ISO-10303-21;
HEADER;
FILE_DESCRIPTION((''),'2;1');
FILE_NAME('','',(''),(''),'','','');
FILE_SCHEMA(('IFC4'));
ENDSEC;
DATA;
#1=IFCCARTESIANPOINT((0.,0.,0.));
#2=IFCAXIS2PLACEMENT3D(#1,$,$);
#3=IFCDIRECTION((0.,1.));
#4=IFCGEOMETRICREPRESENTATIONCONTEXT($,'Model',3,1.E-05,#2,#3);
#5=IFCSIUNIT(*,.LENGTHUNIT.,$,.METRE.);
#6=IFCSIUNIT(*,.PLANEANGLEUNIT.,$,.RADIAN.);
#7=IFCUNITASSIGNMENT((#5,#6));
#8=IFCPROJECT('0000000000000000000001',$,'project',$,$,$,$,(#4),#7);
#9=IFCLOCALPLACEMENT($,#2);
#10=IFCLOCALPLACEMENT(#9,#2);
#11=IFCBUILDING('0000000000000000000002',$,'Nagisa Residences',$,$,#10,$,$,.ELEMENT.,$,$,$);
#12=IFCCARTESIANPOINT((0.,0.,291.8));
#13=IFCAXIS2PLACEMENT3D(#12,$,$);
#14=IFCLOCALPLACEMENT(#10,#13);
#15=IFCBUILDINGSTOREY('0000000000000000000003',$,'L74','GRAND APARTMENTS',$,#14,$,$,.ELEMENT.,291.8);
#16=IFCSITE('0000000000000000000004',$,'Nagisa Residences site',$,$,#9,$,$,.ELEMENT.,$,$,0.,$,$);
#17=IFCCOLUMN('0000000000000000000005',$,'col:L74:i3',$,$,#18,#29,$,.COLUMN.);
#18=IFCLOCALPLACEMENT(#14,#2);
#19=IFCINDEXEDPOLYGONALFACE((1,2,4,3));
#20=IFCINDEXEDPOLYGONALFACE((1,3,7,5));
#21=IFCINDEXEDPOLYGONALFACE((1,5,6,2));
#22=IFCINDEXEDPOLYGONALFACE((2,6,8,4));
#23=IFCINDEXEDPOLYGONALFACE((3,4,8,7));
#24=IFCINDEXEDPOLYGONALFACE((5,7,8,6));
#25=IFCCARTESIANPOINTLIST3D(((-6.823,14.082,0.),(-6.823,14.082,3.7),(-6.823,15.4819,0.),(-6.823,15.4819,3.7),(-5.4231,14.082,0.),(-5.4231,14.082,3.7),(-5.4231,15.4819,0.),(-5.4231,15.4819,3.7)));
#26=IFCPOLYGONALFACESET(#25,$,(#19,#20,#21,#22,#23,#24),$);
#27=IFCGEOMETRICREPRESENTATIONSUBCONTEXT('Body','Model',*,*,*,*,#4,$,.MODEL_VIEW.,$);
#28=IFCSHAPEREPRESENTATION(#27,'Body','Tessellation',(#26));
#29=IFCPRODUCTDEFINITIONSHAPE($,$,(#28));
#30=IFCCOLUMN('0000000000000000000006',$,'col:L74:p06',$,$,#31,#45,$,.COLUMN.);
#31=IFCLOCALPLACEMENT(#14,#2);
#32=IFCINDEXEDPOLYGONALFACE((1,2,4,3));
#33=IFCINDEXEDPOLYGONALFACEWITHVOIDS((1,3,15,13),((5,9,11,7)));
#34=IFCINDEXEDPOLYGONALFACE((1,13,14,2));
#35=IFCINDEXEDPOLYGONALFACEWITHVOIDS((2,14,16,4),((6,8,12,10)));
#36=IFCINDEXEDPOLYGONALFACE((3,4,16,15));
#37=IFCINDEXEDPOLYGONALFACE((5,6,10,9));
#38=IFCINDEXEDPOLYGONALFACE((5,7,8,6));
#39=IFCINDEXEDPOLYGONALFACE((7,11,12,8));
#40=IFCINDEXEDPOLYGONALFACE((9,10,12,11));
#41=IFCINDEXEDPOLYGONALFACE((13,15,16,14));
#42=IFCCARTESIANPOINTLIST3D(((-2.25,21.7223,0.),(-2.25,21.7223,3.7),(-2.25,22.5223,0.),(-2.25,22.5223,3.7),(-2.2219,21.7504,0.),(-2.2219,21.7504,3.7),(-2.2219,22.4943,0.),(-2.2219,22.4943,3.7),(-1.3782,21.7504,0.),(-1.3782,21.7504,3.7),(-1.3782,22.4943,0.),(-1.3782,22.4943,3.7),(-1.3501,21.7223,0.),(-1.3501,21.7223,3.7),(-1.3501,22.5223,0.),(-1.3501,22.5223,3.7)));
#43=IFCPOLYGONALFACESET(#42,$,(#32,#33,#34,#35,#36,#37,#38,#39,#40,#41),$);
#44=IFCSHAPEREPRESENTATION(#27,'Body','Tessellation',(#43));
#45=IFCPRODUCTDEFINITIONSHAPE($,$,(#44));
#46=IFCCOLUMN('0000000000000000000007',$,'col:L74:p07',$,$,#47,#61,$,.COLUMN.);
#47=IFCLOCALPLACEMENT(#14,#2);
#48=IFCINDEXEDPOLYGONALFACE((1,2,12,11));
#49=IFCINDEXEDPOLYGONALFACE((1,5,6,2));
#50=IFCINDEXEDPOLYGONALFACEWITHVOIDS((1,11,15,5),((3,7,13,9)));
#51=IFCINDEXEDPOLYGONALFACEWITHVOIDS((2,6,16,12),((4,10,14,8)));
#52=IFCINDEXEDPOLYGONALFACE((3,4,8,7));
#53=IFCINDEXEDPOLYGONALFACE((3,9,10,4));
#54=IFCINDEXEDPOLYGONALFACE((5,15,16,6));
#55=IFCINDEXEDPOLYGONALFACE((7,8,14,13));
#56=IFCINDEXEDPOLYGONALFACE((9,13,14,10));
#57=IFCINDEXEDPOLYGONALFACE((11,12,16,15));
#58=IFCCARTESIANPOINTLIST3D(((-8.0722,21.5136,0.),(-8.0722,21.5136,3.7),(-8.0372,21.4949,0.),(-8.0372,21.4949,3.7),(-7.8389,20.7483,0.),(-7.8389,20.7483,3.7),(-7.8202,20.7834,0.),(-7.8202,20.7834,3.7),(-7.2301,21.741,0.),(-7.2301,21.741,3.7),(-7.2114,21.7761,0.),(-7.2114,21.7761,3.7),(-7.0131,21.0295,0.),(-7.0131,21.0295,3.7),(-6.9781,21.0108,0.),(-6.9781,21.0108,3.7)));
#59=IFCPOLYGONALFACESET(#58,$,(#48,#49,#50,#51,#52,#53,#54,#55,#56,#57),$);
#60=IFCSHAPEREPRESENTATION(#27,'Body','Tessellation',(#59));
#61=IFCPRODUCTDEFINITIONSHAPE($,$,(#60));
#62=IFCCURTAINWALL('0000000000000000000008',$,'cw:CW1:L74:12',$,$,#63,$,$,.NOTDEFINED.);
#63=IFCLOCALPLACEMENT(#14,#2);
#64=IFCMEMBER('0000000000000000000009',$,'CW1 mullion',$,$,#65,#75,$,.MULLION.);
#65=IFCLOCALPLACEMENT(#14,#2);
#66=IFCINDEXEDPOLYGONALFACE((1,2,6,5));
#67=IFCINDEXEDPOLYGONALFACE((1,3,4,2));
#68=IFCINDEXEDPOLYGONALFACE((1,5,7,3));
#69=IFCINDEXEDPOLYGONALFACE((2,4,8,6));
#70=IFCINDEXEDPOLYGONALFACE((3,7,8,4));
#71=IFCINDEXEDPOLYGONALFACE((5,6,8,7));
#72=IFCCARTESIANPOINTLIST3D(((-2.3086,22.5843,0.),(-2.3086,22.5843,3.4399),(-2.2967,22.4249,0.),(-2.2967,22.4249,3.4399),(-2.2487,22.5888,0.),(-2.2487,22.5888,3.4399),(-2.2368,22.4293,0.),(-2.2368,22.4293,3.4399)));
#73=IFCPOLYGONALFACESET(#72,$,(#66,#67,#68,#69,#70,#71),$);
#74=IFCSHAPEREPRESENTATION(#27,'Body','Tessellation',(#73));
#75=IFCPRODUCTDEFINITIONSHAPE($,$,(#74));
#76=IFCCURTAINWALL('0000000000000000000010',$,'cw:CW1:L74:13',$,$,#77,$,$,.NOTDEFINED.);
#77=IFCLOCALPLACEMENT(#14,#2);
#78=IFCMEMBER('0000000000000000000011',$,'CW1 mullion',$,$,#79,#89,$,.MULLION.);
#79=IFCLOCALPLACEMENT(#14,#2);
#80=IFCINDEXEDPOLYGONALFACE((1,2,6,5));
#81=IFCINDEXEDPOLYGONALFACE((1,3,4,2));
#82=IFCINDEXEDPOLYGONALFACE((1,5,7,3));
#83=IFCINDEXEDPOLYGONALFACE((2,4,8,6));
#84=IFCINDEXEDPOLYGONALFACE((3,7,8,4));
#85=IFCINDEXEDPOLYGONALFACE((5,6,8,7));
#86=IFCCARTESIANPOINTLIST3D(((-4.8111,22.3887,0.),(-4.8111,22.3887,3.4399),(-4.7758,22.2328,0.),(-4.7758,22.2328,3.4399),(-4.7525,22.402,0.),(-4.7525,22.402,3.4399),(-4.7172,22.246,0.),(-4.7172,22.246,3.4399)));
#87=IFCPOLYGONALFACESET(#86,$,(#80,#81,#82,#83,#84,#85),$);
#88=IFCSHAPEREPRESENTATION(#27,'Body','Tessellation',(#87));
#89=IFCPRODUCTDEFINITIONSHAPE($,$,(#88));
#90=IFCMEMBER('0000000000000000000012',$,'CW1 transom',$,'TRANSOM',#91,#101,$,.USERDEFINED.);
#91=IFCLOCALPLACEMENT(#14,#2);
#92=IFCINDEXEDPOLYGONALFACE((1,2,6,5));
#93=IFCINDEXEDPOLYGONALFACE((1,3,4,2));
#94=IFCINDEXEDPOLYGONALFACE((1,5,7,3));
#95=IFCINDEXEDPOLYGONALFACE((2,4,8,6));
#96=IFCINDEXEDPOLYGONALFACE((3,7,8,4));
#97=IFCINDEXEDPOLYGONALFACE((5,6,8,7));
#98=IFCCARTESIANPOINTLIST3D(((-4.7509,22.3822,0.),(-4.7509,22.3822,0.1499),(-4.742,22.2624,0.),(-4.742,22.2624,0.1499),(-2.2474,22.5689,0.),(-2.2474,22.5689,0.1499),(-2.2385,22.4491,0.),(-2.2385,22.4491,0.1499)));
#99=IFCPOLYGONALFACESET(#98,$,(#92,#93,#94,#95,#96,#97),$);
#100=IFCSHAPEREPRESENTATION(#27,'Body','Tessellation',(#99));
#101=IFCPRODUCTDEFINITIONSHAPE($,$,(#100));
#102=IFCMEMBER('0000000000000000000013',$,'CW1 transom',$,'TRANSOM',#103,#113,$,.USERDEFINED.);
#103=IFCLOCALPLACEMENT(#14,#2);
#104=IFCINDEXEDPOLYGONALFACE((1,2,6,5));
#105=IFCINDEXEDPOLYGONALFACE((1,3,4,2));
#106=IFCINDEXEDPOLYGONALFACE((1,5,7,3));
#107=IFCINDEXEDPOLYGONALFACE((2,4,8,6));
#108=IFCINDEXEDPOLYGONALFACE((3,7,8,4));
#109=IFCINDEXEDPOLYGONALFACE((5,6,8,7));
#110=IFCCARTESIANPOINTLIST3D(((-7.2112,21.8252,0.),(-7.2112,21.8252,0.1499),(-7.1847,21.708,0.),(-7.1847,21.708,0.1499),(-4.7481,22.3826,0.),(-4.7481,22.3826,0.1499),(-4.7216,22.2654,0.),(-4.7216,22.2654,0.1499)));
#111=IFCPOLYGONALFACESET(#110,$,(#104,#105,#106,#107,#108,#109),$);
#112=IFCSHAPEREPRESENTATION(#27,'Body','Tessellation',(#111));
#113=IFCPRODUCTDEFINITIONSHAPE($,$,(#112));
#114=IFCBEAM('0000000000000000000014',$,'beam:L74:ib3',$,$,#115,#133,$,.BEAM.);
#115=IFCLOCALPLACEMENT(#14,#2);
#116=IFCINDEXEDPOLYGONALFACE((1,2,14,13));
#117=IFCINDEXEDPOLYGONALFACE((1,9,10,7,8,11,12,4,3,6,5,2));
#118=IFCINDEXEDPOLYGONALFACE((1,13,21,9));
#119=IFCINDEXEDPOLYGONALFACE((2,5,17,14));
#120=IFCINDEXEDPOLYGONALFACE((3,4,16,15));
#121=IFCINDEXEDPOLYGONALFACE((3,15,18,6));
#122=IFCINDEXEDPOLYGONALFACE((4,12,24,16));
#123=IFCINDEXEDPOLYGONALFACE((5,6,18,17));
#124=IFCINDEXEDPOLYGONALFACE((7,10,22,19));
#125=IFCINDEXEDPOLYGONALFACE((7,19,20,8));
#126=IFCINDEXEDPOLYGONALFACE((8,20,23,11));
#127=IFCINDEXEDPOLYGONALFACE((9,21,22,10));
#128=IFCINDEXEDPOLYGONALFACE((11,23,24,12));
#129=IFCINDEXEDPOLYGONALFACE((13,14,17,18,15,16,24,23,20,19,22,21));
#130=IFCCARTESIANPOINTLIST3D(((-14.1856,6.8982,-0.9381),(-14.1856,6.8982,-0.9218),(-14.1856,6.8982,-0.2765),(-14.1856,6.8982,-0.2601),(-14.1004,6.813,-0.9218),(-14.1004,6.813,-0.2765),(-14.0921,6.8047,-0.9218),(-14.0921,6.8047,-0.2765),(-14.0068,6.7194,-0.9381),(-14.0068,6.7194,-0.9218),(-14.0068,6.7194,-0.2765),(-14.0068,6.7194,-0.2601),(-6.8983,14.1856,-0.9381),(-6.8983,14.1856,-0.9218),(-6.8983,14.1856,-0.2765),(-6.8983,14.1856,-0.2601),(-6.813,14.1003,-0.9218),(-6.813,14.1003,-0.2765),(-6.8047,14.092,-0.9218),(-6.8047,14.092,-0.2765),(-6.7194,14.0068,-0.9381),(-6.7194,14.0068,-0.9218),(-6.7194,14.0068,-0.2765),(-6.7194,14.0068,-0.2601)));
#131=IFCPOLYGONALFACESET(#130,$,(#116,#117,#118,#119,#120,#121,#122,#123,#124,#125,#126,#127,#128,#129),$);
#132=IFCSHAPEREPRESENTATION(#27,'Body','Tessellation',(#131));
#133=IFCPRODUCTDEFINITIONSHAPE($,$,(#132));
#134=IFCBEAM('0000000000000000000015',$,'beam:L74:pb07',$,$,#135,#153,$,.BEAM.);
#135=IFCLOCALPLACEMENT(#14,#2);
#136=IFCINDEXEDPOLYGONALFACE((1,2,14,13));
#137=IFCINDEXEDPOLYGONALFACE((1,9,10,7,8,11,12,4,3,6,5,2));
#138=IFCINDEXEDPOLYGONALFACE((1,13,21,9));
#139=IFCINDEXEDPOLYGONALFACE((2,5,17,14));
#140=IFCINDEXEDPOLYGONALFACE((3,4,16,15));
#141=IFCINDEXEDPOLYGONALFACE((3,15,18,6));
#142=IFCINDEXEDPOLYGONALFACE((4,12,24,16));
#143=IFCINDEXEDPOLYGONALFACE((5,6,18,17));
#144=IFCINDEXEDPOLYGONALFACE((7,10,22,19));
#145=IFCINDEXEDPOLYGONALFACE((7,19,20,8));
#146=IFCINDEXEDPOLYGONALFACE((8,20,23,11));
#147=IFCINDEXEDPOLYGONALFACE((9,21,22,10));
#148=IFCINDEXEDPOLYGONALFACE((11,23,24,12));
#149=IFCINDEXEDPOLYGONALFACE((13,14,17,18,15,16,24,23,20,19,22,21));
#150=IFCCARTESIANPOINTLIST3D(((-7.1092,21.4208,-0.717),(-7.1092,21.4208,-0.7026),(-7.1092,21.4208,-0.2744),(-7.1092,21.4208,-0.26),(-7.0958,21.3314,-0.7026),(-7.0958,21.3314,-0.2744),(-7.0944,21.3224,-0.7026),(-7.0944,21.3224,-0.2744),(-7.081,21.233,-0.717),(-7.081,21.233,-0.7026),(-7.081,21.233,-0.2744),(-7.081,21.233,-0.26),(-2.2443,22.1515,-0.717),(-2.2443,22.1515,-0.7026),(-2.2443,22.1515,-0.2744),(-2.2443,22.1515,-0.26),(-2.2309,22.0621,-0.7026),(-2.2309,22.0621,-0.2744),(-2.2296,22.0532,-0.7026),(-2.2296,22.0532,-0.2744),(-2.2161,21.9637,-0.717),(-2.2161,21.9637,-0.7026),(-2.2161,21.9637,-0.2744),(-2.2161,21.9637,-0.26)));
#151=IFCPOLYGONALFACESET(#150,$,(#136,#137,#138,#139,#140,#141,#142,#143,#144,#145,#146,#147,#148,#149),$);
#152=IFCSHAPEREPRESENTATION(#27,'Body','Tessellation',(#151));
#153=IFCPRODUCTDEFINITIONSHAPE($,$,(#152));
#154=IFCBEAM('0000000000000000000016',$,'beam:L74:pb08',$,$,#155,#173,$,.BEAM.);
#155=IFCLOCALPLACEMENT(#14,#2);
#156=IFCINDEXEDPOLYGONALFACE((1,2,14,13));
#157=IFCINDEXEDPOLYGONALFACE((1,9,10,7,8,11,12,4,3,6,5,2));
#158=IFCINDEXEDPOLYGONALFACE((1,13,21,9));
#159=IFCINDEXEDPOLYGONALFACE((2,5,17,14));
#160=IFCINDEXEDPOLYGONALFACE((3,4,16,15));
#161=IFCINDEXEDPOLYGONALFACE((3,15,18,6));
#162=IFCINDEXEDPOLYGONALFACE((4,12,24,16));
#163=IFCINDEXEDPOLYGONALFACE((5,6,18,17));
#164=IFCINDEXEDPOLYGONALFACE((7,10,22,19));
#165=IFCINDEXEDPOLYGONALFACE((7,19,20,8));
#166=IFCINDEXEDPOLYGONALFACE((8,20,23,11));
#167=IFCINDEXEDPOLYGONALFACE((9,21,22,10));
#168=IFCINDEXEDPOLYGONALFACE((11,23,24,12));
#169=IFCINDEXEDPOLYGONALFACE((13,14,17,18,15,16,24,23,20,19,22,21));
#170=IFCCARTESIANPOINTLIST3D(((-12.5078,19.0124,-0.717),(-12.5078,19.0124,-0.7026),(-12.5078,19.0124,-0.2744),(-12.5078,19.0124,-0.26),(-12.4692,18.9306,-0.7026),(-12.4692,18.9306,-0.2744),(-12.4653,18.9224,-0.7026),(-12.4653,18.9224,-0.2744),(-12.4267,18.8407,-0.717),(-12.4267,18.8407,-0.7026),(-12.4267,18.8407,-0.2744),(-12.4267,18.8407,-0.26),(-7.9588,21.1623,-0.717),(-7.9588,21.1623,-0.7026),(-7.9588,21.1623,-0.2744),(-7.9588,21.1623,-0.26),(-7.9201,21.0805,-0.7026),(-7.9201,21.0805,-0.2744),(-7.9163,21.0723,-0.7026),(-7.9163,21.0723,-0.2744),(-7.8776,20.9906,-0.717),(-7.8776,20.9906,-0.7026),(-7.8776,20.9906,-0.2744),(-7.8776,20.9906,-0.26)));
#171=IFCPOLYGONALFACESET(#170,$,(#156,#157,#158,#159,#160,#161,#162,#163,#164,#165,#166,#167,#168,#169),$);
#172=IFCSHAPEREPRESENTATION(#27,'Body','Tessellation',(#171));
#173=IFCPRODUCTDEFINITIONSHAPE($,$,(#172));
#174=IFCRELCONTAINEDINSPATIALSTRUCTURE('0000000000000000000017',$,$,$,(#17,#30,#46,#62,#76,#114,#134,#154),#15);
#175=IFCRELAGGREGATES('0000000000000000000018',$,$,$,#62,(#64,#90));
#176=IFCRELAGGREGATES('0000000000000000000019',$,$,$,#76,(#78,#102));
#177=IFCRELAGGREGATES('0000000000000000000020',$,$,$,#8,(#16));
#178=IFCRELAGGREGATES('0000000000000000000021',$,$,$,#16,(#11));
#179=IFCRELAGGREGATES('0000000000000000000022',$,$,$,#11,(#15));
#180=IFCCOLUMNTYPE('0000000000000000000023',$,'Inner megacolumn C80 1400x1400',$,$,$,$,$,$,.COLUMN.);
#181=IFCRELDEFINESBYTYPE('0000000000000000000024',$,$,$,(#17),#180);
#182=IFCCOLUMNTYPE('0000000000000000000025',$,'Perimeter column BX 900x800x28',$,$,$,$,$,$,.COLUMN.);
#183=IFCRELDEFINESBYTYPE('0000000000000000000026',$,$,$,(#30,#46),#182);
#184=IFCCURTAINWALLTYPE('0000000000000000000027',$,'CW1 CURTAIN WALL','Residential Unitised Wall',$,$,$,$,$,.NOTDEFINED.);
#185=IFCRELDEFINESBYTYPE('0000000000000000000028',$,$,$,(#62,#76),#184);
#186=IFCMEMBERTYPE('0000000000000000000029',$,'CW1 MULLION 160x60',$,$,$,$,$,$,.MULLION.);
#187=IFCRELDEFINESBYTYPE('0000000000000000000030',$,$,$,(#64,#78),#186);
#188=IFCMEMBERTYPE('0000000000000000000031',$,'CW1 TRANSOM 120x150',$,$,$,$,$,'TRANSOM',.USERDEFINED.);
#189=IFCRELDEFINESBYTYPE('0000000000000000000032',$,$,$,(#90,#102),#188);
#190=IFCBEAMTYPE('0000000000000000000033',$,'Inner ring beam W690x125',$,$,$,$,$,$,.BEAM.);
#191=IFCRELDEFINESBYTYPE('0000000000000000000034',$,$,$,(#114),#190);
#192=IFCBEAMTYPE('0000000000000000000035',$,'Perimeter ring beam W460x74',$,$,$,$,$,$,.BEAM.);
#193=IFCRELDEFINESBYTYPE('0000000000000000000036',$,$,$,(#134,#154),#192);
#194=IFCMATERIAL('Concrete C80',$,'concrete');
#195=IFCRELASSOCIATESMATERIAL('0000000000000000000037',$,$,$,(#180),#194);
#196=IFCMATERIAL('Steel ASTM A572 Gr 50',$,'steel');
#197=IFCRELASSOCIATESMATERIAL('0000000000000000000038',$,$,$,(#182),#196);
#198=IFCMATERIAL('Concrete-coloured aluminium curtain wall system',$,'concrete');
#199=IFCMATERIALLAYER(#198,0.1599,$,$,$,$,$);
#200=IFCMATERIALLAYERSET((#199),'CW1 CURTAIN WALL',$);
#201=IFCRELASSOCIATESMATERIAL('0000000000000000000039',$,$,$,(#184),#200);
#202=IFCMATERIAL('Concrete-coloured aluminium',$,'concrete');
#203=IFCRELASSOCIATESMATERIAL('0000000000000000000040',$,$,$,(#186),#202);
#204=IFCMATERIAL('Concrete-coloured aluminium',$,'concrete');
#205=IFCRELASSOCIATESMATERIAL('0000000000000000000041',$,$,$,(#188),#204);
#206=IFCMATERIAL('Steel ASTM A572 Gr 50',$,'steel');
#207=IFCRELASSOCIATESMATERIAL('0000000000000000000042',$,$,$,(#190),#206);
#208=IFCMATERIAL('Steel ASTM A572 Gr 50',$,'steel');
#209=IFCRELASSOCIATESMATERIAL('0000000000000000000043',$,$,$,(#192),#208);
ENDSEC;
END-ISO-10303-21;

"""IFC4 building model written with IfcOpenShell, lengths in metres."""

from ifc_helpers import new_model, si_unit, direction, frame, origin, origin_2d, place, context, subcontext, project, spatial, rectangle, hollow_rectangle, i_section, extrude, material, layer, layer_set, material_profile, profile_set, type_object, element, aggregate, save


model = new_model("IFC4")

# Units and contexts
model_context = context("Model", 3, precision=1e-05, world=origin(), true_north=direction((0.0, 1.0)))
body_context = subcontext(model_context, "Body", "Model", "MODEL_VIEW")
ifc_project = project(units=[si_unit("LENGTHUNIT", "METRE"), si_unit("PLANEANGLEUNIT", "RADIAN")], contexts=[model_context])

# Site, building, storey
site_placement = place(None, origin())
site = spatial("IfcSite", under=ifc_project, at=site_placement, Name="Nagisa Residences site", CompositionType="ELEMENT", RefElevation=0.0)
building_placement = place(site_placement, origin())
building = spatial("IfcBuilding", under=site, at=building_placement, Name="Nagisa Residences", CompositionType="ELEMENT")
storey_placement = place(building_placement, frame((0.0, 0.0, 291.8)))
storey = spatial("IfcBuildingStorey", under=building, at=storey_placement, Name="L74", Description="GRAND APARTMENTS", CompositionType="ELEMENT", Elevation=291.8)

# Columns
ifc_material_1 = material(Name="Concrete C80", Category="concrete")
ifc_material_profile_1 = material_profile(ifc_material_1, rectangle(XDim=1.3999, YDim=1.3999, at=origin_2d()), Name="C80 1400x1400")
ifc_profile_set_1 = profile_set([ifc_material_profile_1], Name="Concrete C80")
column_type_1 = type_object("IfcColumnType", Name="Inner megacolumn C80 1400x1400", PredefinedType="COLUMN", material=ifc_profile_set_1)
column_placement = place(storey_placement, frame((-6.123, 14.782, 0.0), z_axis=(0.0, 0.0, 1.0), x_axis=(1.0, 0.0, 0.0)))
element("IfcColumn", 1, at=column_placement, inside=storey, type_object=column_type_1, Name="col:L74:i3", PredefinedType="COLUMN", context=body_context, shape_type="SweptSolid", body=[
    extrude(rectangle(XDim=1.3999, YDim=1.3999, at=origin_2d()), origin(), (0.0, 0.0, 1.0), 3.7),
])
ifc_material_2 = material(Name="Steel ASTM A572 Gr 50", Category="steel")
ifc_material_profile_2 = material_profile(ifc_material_2, hollow_rectangle(XDim=0.8999, YDim=0.8, WallThickness=0.0281, at=origin_2d()), Name="BX 900x800x28")
ifc_profile_set_2 = profile_set([ifc_material_profile_2], Name="Steel ASTM A572 Gr 50")
column_type_2 = type_object("IfcColumnType", Name="Perimeter column BX 900x800x28", PredefinedType="COLUMN", material=ifc_profile_set_2)
for number, where, z_axis, x_axis, name in (
    (2, (-1.8, 22.1223, 0.0), (0.0, 0.0, 1.0), (-1.0, 0.0, 0.0), "col:L74:p06"),
    (3, (-7.5251, 21.2622, 0.0), (0.0, 0.0, 1.0), (-0.956525, -0.291652, 0.0), "col:L74:p07"),
):
    element("IfcColumn", number, at=place(storey_placement, frame(where, z_axis=z_axis, x_axis=x_axis)), inside=storey, type_object=column_type_2, Name=name, PredefinedType="COLUMN", context=body_context, shape_type="SweptSolid", body=[
        extrude(hollow_rectangle(XDim=0.8999, YDim=0.8, WallThickness=0.0281, at=origin_2d()), origin(), (0.0, 0.0, 1.0), 3.7),
    ])

# Curtain walls, members
ifc_material_3 = material(Name="Concrete-coloured aluminium curtain wall system", Category="concrete")
ifc_layer_1 = layer(ifc_material_3, 0.1599)
ifc_layer_set_1 = layer_set([ifc_layer_1], Name="CW1 CURTAIN WALL")
curtain_wall_type = type_object("IfcCurtainWallType", Name="CW1 CURTAIN WALL", Description="Residential Unitised Wall", PredefinedType="NOTDEFINED", material=ifc_layer_set_1)
curtain_wall_1_placement = place(storey_placement, origin())
curtain_wall_1 = element("IfcCurtainWall", 4, at=curtain_wall_1_placement, inside=storey, type_object=curtain_wall_type, Name="cw:CW1:L74:12", PredefinedType="NOTDEFINED")
ifc_material_4 = material(Name="Concrete-coloured aluminium", Category="concrete")
ifc_material_profile_3 = material_profile(ifc_material_4, rectangle(XDim=0.1599, YDim=0.0601, at=origin_2d()), Name="CW1 MULLION 160x60")
ifc_profile_set_3 = profile_set([ifc_material_profile_3], Name="Concrete-coloured aluminium")
member_type_1 = type_object("IfcMemberType", Name="CW1 MULLION 160x60", PredefinedType="MULLION", material=ifc_profile_set_3)
member_1_placement = place(storey_placement, frame((-2.2727, 22.5068, 0.0), z_axis=(0.0, 0.0, 1.0), x_axis=(0.074377, -0.99723, 0.0)))
member_1 = element("IfcMember", 5, at=member_1_placement, type_object=member_type_1, Name="CW1 mullion", PredefinedType="MULLION", context=body_context, shape_type="SweptSolid", body=[
    extrude(rectangle(XDim=0.1599, YDim=0.0601, at=origin_2d()), origin(), (0.0, 0.0, 1.0), 3.4399),
])
curtain_wall_2_placement = place(storey_placement, origin())
curtain_wall_2 = element("IfcCurtainWall", 6, at=curtain_wall_2_placement, inside=storey, type_object=curtain_wall_type, Name="cw:CW1:L74:13", PredefinedType="NOTDEFINED")
member_2_placement = place(storey_placement, frame((-4.7642, 22.3174, 0.0), z_axis=(0.0, 0.0, 1.0), x_axis=(0.220764, -0.975327, 0.0)))
member_2 = element("IfcMember", 7, at=member_2_placement, type_object=member_type_1, Name="CW1 mullion", PredefinedType="MULLION", context=body_context, shape_type="SweptSolid", body=[
    extrude(rectangle(XDim=0.1599, YDim=0.0601, at=origin_2d()), origin(), (0.0, 0.0, 1.0), 3.4399),
])

# Members
ifc_material_5 = material(Name="Concrete-coloured aluminium", Category="concrete")
ifc_material_profile_4 = material_profile(ifc_material_5, rectangle(XDim=0.1201, YDim=0.1499, at=origin_2d()), Name="CW1 TRANSOM 120x150")
ifc_profile_set_4 = profile_set([ifc_material_profile_4], Name="Concrete-coloured aluminium")
member_type_2 = type_object("IfcMemberType", Name="CW1 TRANSOM 120x150", ElementType="TRANSOM", PredefinedType="USERDEFINED", material=ifc_profile_set_4)
member_3_placement = place(storey_placement, frame((-2.2429, 22.509, 0.075), z_axis=(-0.997229, -0.074391, 0.0), x_axis=(0.074391, -0.997229, 0.0)))
member_3 = element("IfcMember", 8, at=member_3_placement, type_object=member_type_2, Name="CW1 transom", ObjectType="TRANSOM", PredefinedType="USERDEFINED", context=body_context, shape_type="SweptSolid", body=[
    extrude(rectangle(XDim=0.1201, YDim=0.1499, at=origin_2d()), origin(), (0.0, 0.0, 1.0), 2.5105),
])
member_4_placement = place(storey_placement, frame((-4.7349, 22.324, 0.075), z_axis=(-0.97534, -0.220706, 0.0), x_axis=(0.220706, -0.97534, 0.0)))
member_4 = element("IfcMember", 9, at=member_4_placement, type_object=member_type_2, Name="CW1 transom", ObjectType="TRANSOM", PredefinedType="USERDEFINED", context=body_context, shape_type="SweptSolid", body=[
    extrude(rectangle(XDim=0.1201, YDim=0.1499, at=origin_2d()), origin(), (0.0, 0.0, 1.0), 2.5254),
])

# Beams
ifc_material_6 = material(Name="Steel ASTM A572 Gr 50", Category="steel")
ifc_material_profile_5 = material_profile(ifc_material_6, i_section(OverallWidth=0.2529, OverallDepth=0.678, WebThickness=0.0117, FlangeThickness=0.0164, at=origin_2d()), Name="W690x125")
ifc_profile_set_5 = profile_set([ifc_material_profile_5], Name="Steel ASTM A572 Gr 50")
beam_type_1 = type_object("IfcBeamType", Name="Inner ring beam W690x125", PredefinedType="BEAM", material=ifc_profile_set_5)
beam_1_placement = place(storey_placement, frame((-6.8088, 14.0962, -0.5991), z_axis=(-0.707107, -0.707107, 0.0), x_axis=(0.707107, -0.707107, 0.0)))
element("IfcBeam", 10, at=beam_1_placement, inside=storey, type_object=beam_type_1, Name="beam:L74:ib3", PredefinedType="BEAM", context=body_context, shape_type="SweptSolid", body=[
    extrude(i_section(OverallWidth=0.2529, OverallDepth=0.678, WebThickness=0.0117, FlangeThickness=0.0164, at=origin_2d()), origin(), (0.0, 0.0, 1.0), 10.3059),
])
ifc_material_7 = material(Name="Steel ASTM A572 Gr 50", Category="steel")
ifc_material_profile_6 = material_profile(ifc_material_7, i_section(OverallWidth=0.1899, OverallDepth=0.457, WebThickness=0.009, FlangeThickness=0.0144, at=origin_2d()), Name="W460x74")
ifc_profile_set_6 = profile_set([ifc_material_profile_6], Name="Steel ASTM A572 Gr 50")
beam_type_2 = type_object("IfcBeamType", Name="Perimeter ring beam W460x74", PredefinedType="BEAM", material=ifc_profile_set_6)
beam_2_placement = place(storey_placement, frame((-2.2302, 22.0576, -0.4885), z_axis=(-0.988906, -0.148539, 0.0), x_axis=(0.148539, -0.988906, 0.0)))
element("IfcBeam", 11, at=beam_2_placement, inside=storey, type_object=beam_type_2, Name="beam:L74:pb07", PredefinedType="BEAM", context=body_context, shape_type="SweptSolid", body=[
    extrude(i_section(OverallWidth=0.1899, OverallDepth=0.457, WebThickness=0.009, FlangeThickness=0.0144, at=origin_2d()), origin(), (0.0, 0.0, 1.0), 4.9194),
])
beam_3_placement = place(storey_placement, frame((-7.9182, 21.0764, -0.4885), z_axis=(-0.904116, -0.427287, 0.0), x_axis=(0.427287, -0.904116, 0.0)))
element("IfcBeam", 12, at=beam_3_placement, inside=storey, type_object=beam_type_2, Name="beam:L74:pb08", PredefinedType="BEAM", context=body_context, shape_type="SweptSolid", body=[
    extrude(i_section(OverallWidth=0.1899, OverallDepth=0.457, WebThickness=0.009, FlangeThickness=0.0144, at=origin_2d()), origin(), (0.0, 0.0, 1.0), 5.0315),
])

aggregate(curtain_wall_1, [member_1, member_3])
aggregate(curtain_wall_2, [member_2, member_4])

save(model, "model.ifc")
